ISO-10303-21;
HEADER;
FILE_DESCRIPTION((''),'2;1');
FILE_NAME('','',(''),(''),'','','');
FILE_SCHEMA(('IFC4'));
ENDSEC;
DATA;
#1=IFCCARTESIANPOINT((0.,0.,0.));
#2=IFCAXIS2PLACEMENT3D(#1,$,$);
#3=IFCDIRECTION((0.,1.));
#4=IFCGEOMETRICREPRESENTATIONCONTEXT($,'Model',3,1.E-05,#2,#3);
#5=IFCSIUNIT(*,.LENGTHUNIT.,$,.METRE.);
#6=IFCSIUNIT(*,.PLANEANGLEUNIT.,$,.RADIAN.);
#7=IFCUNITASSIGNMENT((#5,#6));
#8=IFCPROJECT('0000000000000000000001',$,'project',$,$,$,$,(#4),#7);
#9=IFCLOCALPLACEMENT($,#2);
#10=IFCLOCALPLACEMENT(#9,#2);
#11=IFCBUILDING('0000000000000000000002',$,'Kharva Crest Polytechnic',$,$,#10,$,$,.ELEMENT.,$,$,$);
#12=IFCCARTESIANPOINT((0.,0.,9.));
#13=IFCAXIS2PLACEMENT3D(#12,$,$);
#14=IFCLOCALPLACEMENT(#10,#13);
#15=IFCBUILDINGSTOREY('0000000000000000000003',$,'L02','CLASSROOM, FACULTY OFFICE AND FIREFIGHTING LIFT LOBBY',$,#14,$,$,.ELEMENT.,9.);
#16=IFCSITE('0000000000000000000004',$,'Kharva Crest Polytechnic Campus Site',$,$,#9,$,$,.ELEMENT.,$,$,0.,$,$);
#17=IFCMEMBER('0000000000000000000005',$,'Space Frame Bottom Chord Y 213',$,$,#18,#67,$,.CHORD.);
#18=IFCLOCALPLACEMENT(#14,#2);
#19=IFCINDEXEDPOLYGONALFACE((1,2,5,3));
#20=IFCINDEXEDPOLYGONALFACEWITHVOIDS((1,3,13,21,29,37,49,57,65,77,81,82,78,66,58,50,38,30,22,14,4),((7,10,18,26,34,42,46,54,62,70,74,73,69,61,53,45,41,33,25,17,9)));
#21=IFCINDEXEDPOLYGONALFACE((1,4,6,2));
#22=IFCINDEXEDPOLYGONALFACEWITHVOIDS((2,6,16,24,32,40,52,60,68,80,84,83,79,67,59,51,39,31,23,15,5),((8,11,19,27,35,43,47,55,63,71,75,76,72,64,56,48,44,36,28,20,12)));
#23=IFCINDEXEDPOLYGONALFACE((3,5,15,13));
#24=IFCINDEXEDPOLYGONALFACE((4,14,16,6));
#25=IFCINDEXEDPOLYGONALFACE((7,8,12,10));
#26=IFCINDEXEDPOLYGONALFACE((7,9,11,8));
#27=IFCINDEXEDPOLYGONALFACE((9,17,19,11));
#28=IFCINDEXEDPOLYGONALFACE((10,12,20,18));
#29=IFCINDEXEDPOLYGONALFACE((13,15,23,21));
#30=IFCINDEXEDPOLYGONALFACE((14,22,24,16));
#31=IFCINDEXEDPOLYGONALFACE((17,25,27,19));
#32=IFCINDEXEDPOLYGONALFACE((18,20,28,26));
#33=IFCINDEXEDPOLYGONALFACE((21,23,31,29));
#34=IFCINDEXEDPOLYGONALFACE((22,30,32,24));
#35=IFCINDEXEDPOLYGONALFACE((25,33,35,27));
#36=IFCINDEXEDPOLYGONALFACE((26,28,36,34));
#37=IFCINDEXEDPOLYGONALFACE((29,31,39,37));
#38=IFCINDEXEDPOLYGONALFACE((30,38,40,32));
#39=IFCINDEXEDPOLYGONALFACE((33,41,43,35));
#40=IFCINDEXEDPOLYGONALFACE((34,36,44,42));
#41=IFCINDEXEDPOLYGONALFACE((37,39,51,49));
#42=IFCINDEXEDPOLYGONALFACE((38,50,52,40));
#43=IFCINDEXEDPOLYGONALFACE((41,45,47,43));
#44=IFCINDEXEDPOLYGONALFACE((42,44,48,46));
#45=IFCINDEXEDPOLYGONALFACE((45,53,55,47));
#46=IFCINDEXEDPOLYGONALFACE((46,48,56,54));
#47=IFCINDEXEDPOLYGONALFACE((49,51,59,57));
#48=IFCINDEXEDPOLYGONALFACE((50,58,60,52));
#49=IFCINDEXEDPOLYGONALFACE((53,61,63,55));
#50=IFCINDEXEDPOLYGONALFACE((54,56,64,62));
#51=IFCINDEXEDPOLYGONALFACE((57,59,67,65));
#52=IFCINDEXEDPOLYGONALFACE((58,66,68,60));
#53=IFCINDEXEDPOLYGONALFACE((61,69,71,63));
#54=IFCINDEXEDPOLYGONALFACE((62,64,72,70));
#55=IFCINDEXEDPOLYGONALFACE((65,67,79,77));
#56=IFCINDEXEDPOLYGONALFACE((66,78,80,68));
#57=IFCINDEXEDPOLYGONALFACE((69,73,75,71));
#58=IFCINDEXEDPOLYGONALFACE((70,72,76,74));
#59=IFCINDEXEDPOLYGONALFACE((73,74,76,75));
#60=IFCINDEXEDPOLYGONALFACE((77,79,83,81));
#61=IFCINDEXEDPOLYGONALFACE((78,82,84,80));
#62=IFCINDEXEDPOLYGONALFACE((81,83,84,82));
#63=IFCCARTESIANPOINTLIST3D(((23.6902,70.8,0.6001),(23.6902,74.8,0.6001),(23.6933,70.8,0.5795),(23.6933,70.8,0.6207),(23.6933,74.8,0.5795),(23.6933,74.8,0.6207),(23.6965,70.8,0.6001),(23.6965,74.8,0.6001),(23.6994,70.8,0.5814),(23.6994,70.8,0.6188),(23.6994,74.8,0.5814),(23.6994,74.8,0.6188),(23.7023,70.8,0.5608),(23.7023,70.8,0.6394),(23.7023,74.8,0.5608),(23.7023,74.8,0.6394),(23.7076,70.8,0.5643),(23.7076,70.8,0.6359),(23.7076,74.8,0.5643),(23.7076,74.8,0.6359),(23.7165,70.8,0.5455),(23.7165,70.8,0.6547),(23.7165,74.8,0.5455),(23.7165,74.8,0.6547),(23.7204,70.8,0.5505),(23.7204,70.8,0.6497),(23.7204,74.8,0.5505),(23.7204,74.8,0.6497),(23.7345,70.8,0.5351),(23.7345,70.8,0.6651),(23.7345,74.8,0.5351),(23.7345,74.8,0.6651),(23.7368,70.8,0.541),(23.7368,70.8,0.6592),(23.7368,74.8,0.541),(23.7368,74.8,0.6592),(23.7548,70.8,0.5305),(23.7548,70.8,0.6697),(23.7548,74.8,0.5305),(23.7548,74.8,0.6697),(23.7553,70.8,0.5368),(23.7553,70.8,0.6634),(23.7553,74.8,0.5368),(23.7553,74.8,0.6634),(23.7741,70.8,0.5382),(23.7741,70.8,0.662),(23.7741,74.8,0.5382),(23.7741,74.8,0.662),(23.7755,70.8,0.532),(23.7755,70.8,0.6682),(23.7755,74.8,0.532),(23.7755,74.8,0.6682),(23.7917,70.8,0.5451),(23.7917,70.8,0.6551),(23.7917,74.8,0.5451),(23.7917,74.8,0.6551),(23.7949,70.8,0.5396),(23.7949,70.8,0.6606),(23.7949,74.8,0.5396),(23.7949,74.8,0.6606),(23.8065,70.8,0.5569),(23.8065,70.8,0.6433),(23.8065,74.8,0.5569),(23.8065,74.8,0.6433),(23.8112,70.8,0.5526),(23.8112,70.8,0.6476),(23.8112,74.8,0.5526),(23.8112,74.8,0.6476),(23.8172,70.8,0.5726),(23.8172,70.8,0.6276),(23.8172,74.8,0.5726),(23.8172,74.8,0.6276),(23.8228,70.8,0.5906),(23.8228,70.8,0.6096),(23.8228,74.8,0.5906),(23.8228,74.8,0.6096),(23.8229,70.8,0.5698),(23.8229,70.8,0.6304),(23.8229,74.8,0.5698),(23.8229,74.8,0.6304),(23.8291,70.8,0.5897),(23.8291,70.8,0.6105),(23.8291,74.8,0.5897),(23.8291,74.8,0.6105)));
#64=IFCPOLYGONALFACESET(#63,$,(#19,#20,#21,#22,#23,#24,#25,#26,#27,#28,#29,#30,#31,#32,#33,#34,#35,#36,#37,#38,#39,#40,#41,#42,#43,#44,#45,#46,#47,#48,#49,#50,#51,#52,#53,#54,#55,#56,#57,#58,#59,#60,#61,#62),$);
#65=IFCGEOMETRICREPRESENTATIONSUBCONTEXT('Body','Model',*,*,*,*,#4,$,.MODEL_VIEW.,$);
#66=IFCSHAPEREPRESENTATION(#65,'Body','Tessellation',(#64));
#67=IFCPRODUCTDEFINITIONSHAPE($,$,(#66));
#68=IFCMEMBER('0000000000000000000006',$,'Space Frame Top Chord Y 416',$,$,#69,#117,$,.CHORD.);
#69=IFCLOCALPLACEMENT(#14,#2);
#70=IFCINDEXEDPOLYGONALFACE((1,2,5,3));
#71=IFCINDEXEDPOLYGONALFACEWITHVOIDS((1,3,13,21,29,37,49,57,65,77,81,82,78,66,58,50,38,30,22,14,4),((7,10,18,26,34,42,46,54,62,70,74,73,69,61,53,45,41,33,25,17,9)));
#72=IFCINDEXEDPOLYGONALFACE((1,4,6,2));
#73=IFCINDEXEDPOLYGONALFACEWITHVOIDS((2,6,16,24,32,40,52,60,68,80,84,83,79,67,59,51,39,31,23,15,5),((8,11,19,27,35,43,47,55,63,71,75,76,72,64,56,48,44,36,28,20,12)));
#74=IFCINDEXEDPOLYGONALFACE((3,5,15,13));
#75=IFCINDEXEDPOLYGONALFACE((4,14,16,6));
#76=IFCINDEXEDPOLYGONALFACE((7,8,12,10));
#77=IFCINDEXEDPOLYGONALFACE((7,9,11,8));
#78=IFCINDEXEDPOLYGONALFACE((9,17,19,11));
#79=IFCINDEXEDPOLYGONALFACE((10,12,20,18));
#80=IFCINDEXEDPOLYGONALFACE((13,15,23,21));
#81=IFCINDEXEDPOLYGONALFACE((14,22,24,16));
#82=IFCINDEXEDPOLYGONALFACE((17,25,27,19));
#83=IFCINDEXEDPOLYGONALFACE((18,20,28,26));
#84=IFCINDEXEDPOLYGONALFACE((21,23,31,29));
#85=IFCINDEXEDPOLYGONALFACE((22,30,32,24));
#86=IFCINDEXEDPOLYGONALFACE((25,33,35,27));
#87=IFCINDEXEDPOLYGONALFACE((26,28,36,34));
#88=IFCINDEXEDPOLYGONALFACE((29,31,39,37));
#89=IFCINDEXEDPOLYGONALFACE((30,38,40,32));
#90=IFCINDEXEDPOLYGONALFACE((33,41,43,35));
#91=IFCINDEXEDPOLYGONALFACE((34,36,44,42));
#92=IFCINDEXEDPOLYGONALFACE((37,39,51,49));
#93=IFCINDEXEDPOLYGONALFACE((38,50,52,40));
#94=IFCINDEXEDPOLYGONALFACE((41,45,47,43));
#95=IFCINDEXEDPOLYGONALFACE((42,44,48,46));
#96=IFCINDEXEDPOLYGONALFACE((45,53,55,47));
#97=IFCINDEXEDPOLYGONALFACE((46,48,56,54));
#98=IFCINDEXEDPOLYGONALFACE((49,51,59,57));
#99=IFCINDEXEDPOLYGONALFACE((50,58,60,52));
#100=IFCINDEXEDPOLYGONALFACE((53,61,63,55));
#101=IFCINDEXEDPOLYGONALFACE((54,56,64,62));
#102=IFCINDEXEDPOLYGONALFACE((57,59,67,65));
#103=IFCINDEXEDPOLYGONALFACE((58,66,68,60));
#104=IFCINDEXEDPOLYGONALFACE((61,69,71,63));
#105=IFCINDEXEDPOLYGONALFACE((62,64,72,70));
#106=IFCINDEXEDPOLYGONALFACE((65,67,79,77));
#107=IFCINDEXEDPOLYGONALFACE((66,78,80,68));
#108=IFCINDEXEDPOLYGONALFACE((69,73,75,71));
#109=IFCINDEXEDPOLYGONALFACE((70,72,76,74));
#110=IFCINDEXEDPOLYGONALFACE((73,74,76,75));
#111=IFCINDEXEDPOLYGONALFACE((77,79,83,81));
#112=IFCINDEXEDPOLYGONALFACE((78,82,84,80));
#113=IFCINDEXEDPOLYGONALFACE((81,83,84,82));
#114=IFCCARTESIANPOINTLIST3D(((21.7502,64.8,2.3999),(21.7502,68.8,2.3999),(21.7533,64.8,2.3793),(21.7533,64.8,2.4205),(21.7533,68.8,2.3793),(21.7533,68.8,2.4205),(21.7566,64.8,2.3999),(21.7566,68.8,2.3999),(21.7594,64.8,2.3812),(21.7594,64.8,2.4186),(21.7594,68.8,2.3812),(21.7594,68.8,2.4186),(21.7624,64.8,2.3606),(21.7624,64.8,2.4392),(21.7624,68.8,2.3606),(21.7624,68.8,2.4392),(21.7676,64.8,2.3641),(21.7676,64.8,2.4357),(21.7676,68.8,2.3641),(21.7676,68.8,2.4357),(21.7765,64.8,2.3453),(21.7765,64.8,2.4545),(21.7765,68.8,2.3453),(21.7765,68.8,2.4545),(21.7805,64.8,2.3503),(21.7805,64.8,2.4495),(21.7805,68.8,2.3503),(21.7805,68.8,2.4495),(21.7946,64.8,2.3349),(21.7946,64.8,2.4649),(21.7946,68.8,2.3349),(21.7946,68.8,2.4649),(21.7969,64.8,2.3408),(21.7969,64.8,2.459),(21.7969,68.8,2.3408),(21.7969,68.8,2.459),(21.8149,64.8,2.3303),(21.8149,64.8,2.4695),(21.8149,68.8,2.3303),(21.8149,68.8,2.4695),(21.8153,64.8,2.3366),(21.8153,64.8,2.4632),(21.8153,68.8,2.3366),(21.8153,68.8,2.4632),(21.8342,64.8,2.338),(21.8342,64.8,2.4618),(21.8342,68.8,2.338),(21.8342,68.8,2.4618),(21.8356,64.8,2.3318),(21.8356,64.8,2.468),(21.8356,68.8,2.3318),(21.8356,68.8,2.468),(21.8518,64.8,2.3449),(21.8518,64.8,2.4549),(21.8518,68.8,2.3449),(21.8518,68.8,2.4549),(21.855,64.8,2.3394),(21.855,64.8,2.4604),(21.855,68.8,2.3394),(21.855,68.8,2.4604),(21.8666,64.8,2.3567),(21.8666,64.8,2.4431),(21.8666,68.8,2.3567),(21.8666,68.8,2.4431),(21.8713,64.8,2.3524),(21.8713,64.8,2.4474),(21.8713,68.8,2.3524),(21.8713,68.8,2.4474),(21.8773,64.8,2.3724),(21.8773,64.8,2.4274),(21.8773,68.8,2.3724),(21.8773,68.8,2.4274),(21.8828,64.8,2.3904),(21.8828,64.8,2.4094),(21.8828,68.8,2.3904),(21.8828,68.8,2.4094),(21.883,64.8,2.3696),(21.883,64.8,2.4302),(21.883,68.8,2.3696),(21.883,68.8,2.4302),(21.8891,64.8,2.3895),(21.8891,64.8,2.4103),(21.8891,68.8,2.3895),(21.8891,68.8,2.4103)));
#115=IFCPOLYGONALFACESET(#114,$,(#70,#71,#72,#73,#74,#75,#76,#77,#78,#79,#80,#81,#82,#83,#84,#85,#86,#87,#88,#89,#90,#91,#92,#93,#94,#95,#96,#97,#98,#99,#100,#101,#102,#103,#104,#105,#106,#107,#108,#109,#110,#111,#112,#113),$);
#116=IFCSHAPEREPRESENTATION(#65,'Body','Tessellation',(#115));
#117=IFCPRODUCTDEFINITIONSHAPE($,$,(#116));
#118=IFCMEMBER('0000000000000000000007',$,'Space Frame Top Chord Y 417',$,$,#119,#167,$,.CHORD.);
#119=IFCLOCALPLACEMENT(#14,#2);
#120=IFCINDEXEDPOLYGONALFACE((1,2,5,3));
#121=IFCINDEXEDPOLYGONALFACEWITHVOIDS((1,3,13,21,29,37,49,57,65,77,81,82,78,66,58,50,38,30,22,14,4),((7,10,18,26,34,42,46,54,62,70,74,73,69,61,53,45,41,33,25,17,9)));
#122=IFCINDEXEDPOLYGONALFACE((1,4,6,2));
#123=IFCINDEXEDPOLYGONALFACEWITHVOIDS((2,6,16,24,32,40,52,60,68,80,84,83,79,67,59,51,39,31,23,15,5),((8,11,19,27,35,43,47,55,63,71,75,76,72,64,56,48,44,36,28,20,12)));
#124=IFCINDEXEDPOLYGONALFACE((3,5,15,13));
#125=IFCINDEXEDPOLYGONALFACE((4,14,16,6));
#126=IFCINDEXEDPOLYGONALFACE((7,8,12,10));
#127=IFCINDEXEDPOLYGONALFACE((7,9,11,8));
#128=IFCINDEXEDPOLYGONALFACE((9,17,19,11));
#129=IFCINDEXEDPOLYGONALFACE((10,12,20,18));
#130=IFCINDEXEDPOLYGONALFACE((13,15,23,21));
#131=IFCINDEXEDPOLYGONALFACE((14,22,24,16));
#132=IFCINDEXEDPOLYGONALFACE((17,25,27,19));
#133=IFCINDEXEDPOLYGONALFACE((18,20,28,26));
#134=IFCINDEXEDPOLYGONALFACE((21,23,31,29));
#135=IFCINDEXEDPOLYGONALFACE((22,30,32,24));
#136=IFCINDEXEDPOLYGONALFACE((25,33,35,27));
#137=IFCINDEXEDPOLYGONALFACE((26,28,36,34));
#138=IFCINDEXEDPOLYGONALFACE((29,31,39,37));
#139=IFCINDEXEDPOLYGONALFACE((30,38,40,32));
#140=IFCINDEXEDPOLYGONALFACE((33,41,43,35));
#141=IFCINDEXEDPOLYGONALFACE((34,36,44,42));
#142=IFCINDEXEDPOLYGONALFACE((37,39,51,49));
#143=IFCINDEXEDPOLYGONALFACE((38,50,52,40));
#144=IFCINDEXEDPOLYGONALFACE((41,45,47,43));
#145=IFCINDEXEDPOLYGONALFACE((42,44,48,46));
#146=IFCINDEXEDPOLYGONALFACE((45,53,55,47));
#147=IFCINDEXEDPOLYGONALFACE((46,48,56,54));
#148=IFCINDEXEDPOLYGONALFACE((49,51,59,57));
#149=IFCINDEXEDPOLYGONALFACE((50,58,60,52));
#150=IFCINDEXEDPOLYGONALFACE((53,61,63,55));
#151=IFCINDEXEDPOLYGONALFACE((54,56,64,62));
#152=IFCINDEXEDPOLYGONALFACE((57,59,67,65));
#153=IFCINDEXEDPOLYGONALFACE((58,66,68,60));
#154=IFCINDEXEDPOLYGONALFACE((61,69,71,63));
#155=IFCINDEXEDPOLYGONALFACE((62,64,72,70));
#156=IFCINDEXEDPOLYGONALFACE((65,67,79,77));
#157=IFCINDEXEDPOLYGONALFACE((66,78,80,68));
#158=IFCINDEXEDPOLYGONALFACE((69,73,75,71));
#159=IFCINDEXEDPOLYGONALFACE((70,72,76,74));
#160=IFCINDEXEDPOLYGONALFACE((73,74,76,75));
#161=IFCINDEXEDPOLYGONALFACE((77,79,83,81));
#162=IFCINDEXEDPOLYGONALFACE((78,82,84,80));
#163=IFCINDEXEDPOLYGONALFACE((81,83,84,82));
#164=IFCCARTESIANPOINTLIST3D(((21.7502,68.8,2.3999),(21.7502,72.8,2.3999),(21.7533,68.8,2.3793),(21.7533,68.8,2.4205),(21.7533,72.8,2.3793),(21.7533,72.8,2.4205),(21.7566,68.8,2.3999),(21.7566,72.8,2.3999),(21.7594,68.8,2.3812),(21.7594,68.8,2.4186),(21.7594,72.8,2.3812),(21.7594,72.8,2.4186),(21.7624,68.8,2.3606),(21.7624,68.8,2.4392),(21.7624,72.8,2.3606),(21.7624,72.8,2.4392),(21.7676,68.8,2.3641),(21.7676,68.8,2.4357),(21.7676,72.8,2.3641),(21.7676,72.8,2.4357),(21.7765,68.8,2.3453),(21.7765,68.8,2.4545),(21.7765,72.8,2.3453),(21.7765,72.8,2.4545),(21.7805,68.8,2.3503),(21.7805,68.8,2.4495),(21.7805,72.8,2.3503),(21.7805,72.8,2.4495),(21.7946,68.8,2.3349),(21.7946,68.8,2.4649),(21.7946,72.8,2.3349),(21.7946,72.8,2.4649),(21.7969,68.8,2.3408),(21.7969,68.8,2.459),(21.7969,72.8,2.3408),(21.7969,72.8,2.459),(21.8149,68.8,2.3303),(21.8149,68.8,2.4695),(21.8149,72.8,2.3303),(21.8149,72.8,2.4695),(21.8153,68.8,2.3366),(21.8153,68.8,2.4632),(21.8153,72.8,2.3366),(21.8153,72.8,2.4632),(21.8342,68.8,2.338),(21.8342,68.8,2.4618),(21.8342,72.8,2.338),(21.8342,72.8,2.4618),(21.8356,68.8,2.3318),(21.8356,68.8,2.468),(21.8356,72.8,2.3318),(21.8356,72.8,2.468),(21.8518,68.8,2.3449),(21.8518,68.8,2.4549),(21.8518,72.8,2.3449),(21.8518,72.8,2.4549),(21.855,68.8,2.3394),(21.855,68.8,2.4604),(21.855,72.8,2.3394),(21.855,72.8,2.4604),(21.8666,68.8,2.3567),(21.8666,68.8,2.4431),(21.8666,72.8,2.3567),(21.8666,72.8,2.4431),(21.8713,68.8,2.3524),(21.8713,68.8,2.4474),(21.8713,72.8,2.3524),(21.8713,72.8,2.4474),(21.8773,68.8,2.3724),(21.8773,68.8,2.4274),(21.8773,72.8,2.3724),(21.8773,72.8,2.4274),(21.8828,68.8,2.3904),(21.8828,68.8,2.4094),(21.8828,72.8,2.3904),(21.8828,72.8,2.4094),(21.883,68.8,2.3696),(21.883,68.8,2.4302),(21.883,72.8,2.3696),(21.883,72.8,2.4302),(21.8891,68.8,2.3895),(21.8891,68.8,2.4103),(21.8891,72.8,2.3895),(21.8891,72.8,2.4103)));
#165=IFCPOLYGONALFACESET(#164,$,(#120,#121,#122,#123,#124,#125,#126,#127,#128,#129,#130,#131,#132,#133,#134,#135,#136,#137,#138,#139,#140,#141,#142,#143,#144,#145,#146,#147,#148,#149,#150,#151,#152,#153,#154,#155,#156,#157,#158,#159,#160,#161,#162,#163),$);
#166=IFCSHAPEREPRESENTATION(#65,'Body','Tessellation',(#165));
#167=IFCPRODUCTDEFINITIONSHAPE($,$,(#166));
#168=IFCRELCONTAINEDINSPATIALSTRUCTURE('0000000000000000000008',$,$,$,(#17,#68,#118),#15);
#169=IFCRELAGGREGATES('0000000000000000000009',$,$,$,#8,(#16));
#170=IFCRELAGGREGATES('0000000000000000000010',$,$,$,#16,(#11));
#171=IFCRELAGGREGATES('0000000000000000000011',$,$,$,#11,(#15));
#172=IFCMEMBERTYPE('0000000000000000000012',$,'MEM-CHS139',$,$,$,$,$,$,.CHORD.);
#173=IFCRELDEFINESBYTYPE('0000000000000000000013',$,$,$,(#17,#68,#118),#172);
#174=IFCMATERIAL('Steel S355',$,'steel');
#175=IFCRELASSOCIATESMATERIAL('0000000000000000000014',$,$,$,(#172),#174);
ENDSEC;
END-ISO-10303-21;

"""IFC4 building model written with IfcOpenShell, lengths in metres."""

from ifc_helpers import new_model, si_unit, direction, frame, origin, origin_2d, place, context, subcontext, project, spatial, hollow_circle, extrude, material, material_profile, profile_set, type_object, element, save


model = new_model("IFC4")

# Units and contexts
model_context = context("Model", 3, precision=1e-05, world=origin(), true_north=direction((0.0, 1.0)))
body_context = subcontext(model_context, "Body", "Model", "MODEL_VIEW")
ifc_project = project(units=[si_unit("LENGTHUNIT", "METRE"), si_unit("PLANEANGLEUNIT", "RADIAN")], contexts=[model_context])

# Site, building, storey
site_placement = place(None, origin())
site = spatial("IfcSite", under=ifc_project, at=site_placement, Name="Kharva Crest Polytechnic Campus Site", CompositionType="ELEMENT", RefElevation=0.0)
building_placement = place(site_placement, origin())
building = spatial("IfcBuilding", under=site, at=building_placement, Name="Kharva Crest Polytechnic", CompositionType="ELEMENT")
storey_placement = place(building_placement, frame((0.0, 0.0, 9.0)))
storey = spatial("IfcBuildingStorey", under=building, at=storey_placement, Name="L02", Description="CLASSROOM, FACULTY OFFICE AND FIREFIGHTING LIFT LOBBY", CompositionType="ELEMENT", Elevation=9.0)

# Shared definitions
ifc_material_1 = material(Name="Steel S355", Category="steel")

# Members
ifc_material_profile_1 = material_profile(ifc_material_1, hollow_circle(Radius=0.0698, WallThickness=0.0063, at=origin_2d()), Name="CHS 139.7X6.3")
ifc_profile_set_1 = profile_set([ifc_material_profile_1], Name="Steel S355")
member_type_1 = type_object("IfcMemberType", Name="MEM-CHS139", PredefinedType="CHORD", material=ifc_profile_set_1)
for number, where, z_axis, x_axis, name in (
    (1, (23.76, 70.8, 0.6001), (0.0, 1.0, 0.0), (-1.0, 0.0, 0.0), "Space Frame Bottom Chord Y 213"),
    (2, (21.8201, 64.8, 2.3999), (0.0, 1.0, 0.0), (-1.0, 0.0, 0.0), "Space Frame Top Chord Y 416"),
    (3, (21.8201, 68.8, 2.3999), (0.0, 1.0, 0.0), (-1.0, 0.0, 0.0), "Space Frame Top Chord Y 417"),
):
    element("IfcMember", number, at=place(storey_placement, frame(where, z_axis=z_axis, x_axis=x_axis)), inside=storey, type_object=member_type_1, Name=name, PredefinedType="CHORD", context=body_context, shape_type="SweptSolid", body=[
        extrude(hollow_circle(Radius=0.0698, WallThickness=0.0063, at=origin_2d()), origin(), (0.0, 0.0, 1.0), 4.0),
    ])

save(model, "model.ifc")
